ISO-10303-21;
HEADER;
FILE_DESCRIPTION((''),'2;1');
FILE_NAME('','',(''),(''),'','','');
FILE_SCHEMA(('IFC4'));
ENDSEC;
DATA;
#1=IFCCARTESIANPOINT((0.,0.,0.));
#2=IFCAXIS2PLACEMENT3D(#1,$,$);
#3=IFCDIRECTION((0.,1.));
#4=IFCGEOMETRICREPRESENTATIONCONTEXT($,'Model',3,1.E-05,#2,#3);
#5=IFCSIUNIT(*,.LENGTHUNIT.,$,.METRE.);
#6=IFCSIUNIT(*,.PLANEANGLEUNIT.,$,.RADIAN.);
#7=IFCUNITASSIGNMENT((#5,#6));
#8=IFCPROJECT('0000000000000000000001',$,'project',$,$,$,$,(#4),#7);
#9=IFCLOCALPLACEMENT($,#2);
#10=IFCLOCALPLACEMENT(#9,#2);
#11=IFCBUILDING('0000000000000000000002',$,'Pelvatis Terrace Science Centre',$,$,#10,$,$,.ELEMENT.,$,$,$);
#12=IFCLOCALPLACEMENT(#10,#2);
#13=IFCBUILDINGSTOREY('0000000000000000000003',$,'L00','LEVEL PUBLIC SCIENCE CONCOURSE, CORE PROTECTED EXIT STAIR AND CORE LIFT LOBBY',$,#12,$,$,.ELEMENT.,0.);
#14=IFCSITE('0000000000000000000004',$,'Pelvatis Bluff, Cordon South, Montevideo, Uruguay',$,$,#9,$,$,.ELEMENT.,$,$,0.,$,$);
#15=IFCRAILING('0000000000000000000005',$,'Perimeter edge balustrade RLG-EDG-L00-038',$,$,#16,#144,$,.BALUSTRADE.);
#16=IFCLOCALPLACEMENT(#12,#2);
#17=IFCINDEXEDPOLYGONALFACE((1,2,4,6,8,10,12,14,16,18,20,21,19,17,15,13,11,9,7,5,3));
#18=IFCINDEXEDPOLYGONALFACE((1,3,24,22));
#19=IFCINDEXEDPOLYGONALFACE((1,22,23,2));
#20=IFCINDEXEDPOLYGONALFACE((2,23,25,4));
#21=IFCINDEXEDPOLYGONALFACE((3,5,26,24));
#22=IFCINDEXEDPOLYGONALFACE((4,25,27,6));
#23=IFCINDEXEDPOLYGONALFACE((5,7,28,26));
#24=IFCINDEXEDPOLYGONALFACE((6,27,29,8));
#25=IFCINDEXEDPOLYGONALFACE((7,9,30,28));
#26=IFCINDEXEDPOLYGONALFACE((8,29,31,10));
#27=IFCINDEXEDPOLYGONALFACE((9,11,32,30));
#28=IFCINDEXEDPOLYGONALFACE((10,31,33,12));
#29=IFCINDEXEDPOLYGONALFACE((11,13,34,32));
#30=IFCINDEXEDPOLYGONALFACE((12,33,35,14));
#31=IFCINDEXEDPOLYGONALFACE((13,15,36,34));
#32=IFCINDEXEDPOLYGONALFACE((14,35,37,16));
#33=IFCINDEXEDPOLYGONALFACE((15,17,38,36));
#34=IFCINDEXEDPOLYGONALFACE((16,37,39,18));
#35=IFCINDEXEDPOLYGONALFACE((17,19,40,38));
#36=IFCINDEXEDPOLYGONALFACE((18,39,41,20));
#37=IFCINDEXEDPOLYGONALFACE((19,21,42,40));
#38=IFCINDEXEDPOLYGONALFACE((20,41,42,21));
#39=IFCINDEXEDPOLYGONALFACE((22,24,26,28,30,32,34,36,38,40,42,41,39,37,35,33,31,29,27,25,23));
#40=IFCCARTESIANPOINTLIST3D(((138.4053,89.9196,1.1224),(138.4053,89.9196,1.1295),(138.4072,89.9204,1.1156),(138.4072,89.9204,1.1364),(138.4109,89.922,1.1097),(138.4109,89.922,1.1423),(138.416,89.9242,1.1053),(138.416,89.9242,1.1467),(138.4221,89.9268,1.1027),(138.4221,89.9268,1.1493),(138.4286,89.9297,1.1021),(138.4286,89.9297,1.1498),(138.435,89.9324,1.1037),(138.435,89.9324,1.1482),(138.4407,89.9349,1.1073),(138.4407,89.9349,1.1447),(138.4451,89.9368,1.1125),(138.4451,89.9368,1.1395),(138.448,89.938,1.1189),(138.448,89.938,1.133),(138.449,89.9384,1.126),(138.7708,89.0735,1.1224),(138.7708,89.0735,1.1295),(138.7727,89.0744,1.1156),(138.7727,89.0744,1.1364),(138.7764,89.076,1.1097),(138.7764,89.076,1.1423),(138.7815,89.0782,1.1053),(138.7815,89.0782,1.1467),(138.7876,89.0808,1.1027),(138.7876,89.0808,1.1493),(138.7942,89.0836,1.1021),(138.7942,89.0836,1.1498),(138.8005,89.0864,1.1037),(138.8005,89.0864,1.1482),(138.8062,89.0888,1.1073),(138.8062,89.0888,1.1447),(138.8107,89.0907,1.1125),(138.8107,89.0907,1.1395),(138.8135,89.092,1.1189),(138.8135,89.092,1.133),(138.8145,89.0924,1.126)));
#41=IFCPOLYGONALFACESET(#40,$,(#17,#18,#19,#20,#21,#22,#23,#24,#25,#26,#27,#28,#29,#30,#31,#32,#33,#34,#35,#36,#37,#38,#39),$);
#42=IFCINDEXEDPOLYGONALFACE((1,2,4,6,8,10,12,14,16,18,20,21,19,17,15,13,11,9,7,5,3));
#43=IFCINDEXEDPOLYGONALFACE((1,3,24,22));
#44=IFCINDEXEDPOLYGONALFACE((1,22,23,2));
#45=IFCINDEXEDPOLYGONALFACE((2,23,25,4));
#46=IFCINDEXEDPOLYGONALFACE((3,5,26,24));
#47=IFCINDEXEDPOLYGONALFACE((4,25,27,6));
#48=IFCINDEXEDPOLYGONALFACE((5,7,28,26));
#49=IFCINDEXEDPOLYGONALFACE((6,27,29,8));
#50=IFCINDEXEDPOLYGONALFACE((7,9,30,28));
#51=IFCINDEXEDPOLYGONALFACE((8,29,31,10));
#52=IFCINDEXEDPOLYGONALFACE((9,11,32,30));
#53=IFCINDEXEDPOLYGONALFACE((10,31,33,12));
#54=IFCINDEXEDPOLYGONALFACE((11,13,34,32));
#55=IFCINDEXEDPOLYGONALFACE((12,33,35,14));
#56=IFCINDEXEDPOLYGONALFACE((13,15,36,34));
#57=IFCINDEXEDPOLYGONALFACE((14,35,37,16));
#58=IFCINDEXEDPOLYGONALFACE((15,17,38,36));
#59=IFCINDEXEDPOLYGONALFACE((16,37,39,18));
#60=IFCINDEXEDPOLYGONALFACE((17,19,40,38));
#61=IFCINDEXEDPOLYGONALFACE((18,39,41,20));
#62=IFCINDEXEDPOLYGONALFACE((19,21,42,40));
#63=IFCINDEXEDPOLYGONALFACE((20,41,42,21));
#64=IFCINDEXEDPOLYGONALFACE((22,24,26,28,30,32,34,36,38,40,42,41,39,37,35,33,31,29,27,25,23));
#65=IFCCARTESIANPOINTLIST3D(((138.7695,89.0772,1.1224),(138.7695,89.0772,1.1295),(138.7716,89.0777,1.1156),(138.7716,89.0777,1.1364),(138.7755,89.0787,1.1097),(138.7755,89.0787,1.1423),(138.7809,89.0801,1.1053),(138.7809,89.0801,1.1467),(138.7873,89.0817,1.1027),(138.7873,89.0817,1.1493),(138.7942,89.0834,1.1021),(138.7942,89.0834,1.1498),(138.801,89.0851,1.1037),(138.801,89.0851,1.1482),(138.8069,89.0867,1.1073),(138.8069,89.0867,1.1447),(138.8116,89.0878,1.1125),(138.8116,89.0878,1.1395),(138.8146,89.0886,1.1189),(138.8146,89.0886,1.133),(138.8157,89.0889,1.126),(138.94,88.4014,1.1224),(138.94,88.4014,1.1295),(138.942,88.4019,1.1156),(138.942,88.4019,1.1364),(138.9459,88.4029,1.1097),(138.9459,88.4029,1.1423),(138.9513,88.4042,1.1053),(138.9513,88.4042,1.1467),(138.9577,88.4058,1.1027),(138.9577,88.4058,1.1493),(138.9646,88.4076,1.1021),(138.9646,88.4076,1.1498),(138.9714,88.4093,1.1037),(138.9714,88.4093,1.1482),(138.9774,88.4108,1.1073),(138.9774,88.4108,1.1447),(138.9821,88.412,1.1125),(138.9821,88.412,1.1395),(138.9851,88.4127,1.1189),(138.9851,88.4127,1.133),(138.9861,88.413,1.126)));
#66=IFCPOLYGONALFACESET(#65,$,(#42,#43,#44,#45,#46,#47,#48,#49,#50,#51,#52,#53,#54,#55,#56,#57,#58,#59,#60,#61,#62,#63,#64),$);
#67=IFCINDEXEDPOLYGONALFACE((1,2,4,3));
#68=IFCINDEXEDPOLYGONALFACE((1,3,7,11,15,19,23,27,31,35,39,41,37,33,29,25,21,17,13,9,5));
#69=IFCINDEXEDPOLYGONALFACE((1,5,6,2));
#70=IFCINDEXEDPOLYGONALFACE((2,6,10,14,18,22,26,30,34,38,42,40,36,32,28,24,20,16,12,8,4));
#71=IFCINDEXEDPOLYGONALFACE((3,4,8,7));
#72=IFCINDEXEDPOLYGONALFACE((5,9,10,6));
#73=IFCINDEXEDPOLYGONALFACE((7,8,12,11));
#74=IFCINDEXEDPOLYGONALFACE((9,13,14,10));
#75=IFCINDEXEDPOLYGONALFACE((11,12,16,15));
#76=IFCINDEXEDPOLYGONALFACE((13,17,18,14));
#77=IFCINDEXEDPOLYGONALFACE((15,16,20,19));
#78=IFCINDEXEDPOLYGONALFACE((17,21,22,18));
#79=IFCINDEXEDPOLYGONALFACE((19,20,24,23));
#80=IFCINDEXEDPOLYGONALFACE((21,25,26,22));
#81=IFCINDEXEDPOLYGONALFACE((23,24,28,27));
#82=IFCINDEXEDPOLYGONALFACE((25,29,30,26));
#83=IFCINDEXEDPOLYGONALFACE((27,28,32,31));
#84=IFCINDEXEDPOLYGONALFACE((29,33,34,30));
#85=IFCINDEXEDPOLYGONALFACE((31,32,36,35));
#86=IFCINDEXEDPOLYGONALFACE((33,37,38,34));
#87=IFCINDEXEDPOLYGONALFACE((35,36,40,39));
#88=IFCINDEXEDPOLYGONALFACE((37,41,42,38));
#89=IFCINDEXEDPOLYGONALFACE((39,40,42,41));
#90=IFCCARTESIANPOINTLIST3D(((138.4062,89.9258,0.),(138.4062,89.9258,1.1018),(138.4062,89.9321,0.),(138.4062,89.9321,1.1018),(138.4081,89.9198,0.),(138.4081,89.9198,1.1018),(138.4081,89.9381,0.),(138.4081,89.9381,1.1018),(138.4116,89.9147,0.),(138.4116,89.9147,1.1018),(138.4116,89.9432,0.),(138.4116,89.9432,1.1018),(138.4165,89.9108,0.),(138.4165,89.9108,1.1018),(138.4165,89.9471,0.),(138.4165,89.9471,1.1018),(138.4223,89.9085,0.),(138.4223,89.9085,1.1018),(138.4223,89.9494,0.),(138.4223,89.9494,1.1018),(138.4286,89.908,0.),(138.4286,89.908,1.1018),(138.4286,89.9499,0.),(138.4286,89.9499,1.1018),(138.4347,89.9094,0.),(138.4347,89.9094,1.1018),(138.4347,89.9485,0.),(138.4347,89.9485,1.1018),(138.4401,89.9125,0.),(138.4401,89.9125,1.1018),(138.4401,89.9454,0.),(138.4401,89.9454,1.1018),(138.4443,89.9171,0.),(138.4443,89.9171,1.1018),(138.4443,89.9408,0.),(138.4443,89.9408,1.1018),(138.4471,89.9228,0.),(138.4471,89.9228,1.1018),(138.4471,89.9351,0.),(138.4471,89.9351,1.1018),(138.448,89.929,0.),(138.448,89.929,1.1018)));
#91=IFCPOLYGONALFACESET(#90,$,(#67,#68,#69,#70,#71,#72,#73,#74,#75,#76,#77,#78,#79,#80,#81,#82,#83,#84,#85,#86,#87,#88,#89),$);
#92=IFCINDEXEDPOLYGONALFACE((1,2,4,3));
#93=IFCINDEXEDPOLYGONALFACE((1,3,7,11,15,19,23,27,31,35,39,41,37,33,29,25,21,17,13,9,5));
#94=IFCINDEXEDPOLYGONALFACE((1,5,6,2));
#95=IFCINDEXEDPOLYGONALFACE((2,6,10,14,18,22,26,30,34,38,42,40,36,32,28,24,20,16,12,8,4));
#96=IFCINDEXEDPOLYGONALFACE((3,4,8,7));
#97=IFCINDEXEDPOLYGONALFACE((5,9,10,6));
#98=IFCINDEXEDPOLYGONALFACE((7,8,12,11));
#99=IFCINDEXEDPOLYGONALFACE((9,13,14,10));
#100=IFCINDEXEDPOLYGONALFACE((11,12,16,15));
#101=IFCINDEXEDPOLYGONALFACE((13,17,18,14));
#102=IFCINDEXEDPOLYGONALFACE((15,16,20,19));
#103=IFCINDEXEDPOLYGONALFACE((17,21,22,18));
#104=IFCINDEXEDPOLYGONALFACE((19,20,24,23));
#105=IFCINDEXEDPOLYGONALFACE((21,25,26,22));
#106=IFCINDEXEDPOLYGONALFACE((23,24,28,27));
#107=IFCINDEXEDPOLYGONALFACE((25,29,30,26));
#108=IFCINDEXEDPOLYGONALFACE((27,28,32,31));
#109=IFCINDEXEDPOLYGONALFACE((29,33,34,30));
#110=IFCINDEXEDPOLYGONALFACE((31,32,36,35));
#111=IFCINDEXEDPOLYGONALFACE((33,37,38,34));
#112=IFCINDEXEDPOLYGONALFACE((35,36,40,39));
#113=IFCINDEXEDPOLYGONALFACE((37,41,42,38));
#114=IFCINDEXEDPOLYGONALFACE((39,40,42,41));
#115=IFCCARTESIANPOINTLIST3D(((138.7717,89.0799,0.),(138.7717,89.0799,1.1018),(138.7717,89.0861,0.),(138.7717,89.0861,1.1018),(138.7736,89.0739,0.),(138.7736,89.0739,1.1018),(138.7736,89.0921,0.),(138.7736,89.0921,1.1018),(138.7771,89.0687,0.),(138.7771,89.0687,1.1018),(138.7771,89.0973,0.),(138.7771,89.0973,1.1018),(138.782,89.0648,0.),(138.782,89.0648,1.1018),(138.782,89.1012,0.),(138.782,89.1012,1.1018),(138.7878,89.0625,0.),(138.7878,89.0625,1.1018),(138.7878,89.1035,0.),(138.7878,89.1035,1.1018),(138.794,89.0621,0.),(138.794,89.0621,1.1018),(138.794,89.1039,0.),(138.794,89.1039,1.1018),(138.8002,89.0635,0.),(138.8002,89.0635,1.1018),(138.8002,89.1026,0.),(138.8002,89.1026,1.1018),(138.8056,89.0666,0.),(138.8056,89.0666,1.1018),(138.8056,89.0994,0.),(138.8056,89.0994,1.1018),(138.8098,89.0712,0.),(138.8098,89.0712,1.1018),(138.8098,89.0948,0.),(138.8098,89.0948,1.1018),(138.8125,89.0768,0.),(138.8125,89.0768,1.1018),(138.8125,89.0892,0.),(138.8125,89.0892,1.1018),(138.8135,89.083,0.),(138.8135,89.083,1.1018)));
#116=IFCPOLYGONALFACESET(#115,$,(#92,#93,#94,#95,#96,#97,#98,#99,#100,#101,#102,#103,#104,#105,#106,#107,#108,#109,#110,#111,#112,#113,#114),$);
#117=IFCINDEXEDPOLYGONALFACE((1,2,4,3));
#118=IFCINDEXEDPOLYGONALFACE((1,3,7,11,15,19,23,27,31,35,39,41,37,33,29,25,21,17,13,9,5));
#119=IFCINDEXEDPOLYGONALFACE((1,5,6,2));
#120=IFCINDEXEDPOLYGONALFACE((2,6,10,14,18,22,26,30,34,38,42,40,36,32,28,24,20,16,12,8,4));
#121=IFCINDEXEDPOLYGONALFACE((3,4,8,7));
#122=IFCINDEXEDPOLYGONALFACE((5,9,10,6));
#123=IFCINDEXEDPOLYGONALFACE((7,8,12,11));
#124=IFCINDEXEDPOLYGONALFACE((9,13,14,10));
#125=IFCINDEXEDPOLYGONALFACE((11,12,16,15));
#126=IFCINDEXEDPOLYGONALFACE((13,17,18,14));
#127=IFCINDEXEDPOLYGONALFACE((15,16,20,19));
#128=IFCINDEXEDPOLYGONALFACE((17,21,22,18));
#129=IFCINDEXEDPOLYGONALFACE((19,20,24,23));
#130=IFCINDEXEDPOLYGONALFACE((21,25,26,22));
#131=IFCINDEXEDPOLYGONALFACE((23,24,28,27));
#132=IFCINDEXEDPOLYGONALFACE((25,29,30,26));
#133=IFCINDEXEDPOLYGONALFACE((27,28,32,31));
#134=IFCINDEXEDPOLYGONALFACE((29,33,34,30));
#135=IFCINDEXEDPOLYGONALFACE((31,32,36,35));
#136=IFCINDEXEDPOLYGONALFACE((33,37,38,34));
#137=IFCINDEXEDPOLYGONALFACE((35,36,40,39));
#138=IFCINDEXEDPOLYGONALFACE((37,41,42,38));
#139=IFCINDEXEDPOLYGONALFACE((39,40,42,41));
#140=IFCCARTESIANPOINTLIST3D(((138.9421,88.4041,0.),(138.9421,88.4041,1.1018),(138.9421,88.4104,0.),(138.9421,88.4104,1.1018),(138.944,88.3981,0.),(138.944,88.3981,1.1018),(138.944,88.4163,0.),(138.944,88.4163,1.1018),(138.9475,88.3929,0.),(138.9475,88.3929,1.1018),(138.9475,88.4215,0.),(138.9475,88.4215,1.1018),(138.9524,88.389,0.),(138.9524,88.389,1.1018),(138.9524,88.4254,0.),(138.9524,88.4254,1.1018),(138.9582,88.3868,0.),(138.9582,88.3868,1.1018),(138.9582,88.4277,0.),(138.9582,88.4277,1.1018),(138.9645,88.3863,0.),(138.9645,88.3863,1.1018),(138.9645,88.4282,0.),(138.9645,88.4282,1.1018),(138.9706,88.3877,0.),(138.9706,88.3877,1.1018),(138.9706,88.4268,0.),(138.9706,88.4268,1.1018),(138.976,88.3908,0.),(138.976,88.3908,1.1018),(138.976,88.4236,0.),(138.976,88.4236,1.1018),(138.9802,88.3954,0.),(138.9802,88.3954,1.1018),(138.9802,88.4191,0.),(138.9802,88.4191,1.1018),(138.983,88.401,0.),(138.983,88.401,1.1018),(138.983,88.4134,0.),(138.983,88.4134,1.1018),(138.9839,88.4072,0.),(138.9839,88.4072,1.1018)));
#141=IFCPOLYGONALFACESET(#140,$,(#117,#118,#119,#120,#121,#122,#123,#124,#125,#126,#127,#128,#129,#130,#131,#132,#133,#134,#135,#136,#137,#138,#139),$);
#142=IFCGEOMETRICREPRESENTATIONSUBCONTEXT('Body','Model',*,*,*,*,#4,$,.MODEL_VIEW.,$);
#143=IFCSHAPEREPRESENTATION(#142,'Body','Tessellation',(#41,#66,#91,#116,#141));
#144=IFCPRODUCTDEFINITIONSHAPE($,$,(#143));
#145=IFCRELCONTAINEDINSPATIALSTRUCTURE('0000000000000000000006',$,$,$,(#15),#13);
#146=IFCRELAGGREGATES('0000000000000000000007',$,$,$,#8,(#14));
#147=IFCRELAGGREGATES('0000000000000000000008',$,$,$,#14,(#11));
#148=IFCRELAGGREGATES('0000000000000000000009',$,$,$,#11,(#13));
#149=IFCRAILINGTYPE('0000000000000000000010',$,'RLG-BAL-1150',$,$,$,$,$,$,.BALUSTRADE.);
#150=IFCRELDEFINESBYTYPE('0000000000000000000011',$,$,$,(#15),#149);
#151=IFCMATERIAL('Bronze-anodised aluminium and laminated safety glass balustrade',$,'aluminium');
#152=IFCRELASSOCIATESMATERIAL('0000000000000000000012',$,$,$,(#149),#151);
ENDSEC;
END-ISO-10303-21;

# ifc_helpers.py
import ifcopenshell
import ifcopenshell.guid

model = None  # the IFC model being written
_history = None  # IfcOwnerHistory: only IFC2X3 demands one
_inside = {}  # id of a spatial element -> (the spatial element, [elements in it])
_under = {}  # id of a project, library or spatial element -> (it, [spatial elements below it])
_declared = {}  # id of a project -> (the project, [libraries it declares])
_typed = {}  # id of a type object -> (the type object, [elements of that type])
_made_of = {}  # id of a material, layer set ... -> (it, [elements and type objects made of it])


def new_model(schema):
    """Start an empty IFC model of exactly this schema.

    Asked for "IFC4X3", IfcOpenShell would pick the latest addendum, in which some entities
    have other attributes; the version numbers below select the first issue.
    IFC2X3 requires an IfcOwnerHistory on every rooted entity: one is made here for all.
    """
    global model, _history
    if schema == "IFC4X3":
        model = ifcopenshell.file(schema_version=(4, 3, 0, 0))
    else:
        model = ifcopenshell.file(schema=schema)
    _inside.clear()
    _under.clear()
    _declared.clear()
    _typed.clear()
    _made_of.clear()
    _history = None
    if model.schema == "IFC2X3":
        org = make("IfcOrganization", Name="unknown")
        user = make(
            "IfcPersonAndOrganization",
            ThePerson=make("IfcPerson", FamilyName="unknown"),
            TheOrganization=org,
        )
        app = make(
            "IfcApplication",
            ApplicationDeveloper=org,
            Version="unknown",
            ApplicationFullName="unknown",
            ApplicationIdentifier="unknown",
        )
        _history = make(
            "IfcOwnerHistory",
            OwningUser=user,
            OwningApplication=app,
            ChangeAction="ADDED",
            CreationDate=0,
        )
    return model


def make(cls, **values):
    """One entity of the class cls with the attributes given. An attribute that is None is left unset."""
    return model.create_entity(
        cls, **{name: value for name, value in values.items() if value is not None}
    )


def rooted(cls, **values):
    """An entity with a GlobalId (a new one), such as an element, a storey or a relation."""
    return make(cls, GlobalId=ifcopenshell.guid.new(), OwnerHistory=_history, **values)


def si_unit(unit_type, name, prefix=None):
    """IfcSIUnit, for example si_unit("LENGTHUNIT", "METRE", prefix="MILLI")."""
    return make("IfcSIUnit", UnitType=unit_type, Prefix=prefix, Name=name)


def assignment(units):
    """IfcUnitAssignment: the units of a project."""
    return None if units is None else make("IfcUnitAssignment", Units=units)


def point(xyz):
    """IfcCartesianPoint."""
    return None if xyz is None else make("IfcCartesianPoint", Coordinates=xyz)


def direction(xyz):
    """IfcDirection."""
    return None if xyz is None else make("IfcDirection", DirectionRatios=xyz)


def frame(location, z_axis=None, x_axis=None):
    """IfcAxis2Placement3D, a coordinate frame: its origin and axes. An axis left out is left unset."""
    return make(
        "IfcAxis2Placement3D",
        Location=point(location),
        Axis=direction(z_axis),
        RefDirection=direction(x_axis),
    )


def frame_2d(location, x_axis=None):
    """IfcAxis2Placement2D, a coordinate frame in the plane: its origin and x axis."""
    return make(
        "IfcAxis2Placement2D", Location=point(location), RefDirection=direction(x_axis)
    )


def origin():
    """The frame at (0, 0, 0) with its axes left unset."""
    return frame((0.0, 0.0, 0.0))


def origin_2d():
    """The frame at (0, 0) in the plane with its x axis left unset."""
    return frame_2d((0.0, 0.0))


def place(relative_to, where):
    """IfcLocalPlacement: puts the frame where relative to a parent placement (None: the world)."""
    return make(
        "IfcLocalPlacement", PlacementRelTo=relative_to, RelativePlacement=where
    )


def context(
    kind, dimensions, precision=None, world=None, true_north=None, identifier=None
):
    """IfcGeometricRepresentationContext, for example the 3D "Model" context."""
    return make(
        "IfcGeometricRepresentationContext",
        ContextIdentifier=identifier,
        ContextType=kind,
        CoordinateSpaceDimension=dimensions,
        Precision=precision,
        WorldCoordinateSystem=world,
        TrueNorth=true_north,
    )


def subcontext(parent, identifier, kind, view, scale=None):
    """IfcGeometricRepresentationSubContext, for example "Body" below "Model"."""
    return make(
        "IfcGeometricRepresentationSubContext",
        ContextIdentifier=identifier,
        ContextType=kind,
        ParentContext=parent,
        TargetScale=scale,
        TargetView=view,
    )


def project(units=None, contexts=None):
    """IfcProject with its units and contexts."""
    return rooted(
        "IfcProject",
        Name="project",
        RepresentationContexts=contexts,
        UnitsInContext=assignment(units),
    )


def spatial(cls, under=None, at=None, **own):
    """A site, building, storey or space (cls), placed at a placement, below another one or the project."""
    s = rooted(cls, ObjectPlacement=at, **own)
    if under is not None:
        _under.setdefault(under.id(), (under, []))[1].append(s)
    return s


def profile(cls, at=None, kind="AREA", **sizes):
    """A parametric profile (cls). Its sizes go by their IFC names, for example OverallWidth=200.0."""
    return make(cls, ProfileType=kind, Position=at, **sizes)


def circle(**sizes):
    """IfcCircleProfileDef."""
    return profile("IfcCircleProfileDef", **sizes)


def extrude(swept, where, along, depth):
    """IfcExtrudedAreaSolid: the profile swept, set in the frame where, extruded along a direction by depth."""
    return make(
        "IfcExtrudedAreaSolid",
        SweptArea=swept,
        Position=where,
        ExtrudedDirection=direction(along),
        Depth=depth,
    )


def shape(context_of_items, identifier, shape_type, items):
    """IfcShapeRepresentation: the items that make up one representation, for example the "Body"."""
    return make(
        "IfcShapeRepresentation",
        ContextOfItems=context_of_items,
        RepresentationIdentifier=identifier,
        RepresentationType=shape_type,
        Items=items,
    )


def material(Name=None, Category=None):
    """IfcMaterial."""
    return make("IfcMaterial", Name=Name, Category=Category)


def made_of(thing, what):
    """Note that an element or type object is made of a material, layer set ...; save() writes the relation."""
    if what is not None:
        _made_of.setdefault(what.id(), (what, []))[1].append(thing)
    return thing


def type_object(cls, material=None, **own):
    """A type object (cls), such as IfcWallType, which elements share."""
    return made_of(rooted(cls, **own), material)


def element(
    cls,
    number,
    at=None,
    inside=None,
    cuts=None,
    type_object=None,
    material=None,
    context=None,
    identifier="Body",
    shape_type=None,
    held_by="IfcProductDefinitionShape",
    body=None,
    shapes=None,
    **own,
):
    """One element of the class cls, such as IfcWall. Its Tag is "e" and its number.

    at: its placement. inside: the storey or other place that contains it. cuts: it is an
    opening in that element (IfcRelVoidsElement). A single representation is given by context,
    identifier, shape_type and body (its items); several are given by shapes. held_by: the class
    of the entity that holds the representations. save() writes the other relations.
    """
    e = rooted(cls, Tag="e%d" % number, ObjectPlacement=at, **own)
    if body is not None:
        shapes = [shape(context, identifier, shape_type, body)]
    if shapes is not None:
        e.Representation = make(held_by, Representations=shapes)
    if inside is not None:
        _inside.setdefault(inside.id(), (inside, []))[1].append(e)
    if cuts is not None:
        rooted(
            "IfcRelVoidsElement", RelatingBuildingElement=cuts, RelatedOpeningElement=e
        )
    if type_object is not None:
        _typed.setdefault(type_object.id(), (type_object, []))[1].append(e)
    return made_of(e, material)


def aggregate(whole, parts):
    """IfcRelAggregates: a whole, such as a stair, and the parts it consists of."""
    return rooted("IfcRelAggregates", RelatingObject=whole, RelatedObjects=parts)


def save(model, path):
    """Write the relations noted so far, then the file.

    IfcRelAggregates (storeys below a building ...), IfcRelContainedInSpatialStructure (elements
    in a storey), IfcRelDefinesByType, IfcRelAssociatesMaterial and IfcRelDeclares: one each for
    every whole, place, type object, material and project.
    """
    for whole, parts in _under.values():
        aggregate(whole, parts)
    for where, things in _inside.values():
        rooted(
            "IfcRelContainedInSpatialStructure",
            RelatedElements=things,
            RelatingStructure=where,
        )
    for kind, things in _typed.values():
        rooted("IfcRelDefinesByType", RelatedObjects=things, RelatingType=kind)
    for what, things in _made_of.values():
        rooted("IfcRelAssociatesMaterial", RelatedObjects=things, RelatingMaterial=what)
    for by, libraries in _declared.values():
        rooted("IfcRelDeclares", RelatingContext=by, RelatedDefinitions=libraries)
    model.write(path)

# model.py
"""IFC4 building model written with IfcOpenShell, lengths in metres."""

from ifc_helpers import new_model, si_unit, direction, frame, origin, origin_2d, place, context, subcontext, project, spatial, circle, extrude, material, type_object, element, save


model = new_model("IFC4")

# Units and contexts
model_context = context("Model", 3, precision=1e-05, world=origin(), true_north=direction((0.0, 1.0)))
body_context = subcontext(model_context, "Body", "Model", "MODEL_VIEW")
ifc_project = project(units=[si_unit("LENGTHUNIT", "METRE"), si_unit("PLANEANGLEUNIT", "RADIAN")], contexts=[model_context])

# Site, building, storey
site_placement = place(None, origin())
site = spatial("IfcSite", under=ifc_project, at=site_placement, Name="Pelvatis Bluff, Cordon South, Montevideo, Uruguay", CompositionType="ELEMENT", RefElevation=0.0)
building_placement = place(site_placement, origin())
building = spatial("IfcBuilding", under=site, at=building_placement, Name="Pelvatis Terrace Science Centre", CompositionType="ELEMENT")
storey_placement = place(building_placement, origin())
storey = spatial("IfcBuildingStorey", under=building, at=storey_placement, Name="L00", Description="LEVEL PUBLIC SCIENCE CONCOURSE, CORE PROTECTED EXIT STAIR AND CORE LIFT LOBBY", CompositionType="ELEMENT", Elevation=0.0)

# Railing
ifc_material_1 = material(Name="Bronze-anodised aluminium and laminated safety glass balustrade", Category="aluminium")
railing_type = type_object("IfcRailingType", Name="RLG-BAL-1150", PredefinedType="BALUSTRADE", material=ifc_material_1)
railing_placement = place(storey_placement, frame((138.427, 89.929, 0.0)))
element("IfcRailing", 1, at=railing_placement, inside=storey, type_object=railing_type, Name="Perimeter edge balustrade RLG-EDG-L00-038", PredefinedType="BALUSTRADE", context=body_context, shape_type="SweptSolid", body=[
    extrude(circle(Radius=0.0239, at=origin_2d()), frame((0.0, 0.0, 1.126), z_axis=(0.396603, -0.91799, 0.0), x_axis=(0.91799, 0.396603, 0.0)), (0.0, 0.0, 1.0), 0.9216),
    extrude(circle(Radius=0.0239, at=origin_2d()), frame((0.3655, -0.8459, 1.126), z_axis=(0.244513, -0.969646, 0.0), x_axis=(0.969646, 0.244513, 0.0)), (0.0, 0.0, 1.0), 0.697),
    extrude(circle(Radius=0.021, at=origin_2d()), origin(), (0.0, 0.0, 1.0), 1.1018),
    extrude(circle(Radius=0.021, at=origin_2d()), frame((0.3655, -0.8459, 0.0)), (0.0, 0.0, 1.0), 1.1018),
    extrude(circle(Radius=0.021, at=origin_2d()), frame((0.5359, -1.5217, 0.0)), (0.0, 0.0, 1.0), 1.1018),
])

save(model, "model.ifc")
